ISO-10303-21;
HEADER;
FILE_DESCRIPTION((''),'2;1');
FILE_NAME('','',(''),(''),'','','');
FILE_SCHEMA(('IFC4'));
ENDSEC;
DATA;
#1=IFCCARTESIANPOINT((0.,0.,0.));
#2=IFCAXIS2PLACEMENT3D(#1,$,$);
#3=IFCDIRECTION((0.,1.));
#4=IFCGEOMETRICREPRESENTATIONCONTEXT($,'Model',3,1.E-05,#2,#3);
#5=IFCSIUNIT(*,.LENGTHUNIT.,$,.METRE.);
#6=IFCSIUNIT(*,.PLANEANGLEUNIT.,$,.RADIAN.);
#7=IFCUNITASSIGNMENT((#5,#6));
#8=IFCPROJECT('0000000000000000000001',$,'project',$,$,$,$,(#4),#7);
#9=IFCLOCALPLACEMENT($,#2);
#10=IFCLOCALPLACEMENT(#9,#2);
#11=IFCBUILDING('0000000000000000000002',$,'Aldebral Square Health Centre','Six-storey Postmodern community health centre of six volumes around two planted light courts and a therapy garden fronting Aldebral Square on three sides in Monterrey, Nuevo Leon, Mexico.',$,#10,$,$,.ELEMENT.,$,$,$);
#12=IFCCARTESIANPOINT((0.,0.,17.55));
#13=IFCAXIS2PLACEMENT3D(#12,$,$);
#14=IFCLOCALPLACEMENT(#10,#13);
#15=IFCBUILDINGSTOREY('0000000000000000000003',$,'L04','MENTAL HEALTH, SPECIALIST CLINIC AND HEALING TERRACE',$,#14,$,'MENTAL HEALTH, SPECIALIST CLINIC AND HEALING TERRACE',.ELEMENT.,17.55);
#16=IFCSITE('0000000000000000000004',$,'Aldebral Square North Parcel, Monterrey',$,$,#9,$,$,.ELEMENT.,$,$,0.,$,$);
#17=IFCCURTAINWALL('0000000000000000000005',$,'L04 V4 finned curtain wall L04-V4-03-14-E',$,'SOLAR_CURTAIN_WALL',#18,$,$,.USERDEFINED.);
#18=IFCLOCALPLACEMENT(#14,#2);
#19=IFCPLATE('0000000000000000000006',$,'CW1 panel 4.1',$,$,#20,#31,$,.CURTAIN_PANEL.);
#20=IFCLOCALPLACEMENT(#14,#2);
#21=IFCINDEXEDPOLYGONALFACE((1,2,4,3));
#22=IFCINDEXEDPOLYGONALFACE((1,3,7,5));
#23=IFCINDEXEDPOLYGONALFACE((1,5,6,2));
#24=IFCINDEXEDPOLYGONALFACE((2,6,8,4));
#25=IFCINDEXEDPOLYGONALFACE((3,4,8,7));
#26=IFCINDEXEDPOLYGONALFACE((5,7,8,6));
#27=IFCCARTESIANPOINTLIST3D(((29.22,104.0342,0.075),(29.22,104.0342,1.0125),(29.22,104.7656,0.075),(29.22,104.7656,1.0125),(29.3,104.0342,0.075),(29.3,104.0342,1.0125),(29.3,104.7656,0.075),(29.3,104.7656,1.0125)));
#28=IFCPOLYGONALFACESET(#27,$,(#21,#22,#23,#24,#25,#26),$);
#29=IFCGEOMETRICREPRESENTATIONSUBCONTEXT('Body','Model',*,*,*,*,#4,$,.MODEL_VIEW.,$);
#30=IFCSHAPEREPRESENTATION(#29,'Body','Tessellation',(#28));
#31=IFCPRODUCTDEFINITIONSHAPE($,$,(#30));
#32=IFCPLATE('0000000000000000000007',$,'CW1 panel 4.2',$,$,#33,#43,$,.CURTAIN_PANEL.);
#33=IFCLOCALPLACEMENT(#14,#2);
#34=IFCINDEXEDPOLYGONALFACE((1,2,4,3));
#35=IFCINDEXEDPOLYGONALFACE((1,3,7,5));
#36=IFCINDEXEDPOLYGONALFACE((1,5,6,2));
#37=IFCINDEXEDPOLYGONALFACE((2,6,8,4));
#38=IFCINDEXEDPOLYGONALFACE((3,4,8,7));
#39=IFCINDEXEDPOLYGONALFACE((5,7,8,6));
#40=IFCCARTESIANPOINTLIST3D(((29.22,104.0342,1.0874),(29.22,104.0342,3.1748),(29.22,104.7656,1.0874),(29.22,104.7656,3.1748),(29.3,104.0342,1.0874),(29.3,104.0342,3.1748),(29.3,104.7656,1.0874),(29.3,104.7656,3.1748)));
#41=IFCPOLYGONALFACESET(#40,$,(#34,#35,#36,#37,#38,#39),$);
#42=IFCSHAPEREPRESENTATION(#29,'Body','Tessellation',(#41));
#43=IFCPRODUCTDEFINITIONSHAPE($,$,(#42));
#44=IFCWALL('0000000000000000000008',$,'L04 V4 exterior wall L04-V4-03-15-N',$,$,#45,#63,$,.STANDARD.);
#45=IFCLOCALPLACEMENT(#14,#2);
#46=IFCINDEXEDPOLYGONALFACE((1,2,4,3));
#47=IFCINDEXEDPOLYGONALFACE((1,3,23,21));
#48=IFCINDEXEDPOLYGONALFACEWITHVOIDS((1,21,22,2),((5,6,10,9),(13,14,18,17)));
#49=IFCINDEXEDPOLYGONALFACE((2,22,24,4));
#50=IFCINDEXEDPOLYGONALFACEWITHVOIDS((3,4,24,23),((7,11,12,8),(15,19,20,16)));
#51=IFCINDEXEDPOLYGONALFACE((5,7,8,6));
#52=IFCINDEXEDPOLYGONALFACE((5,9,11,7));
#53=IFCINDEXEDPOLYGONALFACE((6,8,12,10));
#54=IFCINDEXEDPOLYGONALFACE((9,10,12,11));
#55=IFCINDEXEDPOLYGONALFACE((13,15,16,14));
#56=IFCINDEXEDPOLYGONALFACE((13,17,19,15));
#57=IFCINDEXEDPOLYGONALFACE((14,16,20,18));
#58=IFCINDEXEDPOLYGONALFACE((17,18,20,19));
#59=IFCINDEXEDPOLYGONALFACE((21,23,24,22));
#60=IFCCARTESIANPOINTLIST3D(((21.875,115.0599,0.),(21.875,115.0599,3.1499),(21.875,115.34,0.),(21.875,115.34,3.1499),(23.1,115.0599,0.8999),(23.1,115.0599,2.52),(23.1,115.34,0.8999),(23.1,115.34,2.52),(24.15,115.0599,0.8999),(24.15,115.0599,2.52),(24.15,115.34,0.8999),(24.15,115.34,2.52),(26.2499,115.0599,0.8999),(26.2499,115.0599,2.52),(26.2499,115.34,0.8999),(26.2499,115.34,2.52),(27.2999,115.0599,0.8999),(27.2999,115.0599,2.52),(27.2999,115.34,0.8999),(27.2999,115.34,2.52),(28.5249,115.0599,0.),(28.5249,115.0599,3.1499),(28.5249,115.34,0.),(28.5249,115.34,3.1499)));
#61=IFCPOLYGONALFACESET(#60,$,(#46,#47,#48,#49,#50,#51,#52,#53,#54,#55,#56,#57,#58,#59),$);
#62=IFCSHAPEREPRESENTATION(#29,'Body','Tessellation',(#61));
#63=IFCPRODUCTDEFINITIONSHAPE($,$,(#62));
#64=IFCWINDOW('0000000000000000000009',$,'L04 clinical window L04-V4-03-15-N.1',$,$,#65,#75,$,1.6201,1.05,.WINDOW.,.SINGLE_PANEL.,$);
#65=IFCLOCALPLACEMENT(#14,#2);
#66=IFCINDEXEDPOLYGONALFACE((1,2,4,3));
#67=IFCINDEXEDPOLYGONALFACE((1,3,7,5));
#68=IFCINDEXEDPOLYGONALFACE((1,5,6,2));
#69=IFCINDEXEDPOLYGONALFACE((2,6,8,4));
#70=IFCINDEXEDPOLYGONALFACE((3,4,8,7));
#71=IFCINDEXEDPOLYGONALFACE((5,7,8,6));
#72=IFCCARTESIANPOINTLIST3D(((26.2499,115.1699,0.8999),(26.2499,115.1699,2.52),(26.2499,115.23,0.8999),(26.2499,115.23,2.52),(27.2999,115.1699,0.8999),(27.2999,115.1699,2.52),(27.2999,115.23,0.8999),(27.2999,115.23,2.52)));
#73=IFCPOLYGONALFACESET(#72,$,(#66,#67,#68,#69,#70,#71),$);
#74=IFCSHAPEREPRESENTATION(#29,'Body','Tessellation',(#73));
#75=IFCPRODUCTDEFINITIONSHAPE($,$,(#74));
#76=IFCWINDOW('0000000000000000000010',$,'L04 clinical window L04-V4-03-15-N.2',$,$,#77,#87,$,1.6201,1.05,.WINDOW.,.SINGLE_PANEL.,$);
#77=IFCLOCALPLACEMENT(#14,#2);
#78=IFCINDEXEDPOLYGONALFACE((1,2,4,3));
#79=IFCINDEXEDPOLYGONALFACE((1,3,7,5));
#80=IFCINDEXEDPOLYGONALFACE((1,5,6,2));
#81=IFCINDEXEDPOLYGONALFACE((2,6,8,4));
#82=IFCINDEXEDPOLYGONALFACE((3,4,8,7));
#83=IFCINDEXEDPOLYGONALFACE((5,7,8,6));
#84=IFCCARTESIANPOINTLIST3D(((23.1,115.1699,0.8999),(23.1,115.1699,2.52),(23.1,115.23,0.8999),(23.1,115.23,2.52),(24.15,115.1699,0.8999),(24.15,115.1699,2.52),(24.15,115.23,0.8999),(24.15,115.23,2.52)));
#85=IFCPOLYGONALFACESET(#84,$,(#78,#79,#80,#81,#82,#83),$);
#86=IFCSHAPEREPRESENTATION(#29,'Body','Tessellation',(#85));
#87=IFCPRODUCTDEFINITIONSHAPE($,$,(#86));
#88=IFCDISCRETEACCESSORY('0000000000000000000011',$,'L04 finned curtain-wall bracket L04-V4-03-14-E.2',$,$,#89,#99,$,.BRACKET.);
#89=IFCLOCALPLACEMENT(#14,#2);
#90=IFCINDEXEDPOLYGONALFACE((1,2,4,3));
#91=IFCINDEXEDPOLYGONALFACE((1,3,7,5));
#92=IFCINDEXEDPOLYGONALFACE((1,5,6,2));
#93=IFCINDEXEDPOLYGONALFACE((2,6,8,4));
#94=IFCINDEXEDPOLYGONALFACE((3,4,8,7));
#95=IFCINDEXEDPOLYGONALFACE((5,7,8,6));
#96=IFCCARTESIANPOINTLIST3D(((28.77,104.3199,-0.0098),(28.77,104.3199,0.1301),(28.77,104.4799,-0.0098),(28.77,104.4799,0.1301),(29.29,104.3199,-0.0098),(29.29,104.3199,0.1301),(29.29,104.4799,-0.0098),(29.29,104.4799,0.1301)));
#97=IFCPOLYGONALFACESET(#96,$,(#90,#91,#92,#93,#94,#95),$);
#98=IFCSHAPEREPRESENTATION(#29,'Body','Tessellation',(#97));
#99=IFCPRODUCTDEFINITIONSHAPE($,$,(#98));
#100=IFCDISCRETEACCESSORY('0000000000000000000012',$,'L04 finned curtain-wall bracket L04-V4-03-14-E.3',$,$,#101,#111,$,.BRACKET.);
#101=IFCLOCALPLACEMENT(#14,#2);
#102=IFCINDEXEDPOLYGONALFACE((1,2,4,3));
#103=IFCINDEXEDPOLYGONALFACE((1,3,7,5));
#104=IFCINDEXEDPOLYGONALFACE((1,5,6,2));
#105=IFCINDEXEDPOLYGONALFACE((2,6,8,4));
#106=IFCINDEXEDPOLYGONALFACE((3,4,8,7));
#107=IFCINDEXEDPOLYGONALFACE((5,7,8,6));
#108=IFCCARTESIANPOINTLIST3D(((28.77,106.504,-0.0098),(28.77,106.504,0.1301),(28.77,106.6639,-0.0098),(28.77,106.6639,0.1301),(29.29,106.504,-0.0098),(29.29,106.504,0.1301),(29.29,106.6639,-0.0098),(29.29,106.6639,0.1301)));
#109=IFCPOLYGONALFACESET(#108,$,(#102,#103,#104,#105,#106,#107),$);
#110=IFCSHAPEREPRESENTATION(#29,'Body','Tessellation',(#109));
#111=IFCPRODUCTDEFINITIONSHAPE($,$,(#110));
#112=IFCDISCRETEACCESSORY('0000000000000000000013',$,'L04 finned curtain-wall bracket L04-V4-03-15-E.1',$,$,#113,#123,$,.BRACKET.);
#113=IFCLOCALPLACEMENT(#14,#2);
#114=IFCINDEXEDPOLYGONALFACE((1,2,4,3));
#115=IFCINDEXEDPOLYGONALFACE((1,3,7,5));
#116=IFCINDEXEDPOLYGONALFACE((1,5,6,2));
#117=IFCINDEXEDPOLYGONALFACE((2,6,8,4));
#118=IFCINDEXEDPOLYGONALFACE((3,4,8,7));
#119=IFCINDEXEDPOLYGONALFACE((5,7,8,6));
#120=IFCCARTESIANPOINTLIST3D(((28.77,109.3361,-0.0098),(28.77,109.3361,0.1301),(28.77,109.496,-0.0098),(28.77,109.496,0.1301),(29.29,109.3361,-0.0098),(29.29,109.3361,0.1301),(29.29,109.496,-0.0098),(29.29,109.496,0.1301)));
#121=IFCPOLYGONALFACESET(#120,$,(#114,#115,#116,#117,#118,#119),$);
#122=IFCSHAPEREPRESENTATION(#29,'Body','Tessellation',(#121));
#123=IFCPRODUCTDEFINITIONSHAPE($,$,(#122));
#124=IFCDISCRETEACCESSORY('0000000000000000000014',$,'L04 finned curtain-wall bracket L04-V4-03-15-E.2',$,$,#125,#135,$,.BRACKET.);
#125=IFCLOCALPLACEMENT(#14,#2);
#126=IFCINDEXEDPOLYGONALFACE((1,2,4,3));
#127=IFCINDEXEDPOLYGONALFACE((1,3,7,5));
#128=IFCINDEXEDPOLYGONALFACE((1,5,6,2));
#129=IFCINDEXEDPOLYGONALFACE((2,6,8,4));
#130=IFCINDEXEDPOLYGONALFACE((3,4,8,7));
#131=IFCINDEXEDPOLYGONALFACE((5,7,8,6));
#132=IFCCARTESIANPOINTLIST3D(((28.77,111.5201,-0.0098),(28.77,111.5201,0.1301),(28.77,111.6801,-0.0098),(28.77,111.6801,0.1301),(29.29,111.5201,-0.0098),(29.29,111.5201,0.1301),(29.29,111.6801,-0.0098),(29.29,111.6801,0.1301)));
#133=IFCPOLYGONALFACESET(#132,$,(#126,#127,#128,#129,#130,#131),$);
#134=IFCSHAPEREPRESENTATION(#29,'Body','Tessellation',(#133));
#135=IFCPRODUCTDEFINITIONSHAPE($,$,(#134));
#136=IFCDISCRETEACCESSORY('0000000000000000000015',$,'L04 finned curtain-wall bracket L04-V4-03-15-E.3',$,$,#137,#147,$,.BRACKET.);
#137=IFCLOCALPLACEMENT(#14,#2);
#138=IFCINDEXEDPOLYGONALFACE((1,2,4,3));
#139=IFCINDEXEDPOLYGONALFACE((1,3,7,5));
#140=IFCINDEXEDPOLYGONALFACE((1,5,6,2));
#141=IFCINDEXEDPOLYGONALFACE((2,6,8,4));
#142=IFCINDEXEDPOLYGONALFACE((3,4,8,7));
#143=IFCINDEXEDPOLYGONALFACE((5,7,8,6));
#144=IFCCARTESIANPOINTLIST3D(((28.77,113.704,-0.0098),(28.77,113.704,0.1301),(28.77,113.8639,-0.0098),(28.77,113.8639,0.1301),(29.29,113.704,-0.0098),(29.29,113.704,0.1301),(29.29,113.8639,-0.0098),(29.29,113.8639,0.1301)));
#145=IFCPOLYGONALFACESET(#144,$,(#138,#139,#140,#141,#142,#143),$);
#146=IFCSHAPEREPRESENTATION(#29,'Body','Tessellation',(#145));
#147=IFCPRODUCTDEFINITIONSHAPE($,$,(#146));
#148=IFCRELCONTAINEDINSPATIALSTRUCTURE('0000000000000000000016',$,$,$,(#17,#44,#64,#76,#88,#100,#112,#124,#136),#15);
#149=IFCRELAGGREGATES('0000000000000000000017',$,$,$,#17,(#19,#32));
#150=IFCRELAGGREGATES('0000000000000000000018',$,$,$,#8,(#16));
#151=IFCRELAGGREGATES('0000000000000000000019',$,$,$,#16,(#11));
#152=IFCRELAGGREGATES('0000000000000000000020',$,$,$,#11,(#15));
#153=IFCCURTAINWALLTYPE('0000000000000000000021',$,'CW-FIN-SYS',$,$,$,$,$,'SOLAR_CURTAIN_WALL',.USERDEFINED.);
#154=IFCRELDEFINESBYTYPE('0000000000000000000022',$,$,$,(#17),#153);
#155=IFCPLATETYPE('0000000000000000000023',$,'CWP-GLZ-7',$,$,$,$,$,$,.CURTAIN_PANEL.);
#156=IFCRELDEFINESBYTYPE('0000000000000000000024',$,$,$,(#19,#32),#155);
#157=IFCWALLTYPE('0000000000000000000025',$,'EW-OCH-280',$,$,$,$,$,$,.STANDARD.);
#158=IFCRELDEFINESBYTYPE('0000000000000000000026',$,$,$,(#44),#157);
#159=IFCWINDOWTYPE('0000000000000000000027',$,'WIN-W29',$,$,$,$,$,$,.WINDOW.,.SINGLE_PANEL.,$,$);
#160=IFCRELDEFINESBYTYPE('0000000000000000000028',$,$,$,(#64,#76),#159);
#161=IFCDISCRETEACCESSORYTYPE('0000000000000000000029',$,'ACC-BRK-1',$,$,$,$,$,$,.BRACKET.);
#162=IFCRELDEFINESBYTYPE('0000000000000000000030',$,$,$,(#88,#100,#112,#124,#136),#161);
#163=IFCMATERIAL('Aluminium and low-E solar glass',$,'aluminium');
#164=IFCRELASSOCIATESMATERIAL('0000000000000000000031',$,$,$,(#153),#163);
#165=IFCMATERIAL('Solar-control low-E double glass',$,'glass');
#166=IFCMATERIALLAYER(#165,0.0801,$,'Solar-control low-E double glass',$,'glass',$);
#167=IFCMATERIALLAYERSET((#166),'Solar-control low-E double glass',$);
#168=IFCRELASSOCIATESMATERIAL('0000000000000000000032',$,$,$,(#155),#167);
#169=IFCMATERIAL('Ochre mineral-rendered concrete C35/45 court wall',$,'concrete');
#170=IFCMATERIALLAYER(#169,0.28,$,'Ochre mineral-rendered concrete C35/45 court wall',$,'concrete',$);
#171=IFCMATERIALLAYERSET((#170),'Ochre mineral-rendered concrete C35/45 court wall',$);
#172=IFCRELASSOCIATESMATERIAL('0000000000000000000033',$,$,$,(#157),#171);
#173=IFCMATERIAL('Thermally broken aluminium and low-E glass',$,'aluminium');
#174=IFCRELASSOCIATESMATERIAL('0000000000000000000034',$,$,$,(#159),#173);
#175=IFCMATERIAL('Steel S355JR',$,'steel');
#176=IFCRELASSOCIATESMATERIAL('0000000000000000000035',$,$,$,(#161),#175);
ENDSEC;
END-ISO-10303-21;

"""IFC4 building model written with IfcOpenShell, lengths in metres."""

from ifc_helpers import new_model, si_unit, direction, frame, frame_2d, origin, origin_2d, place, context, subcontext, project, spatial, rectangle, extrude, material, layer, layer_set, type_object, element, fill, aggregate, save


model = new_model("IFC4")

# Units and contexts
model_context = context("Model", 3, precision=1e-05, world=origin(), true_north=direction((0.0, 1.0)))
body_context = subcontext(model_context, "Body", "Model", "MODEL_VIEW")
ifc_project = project(units=[si_unit("LENGTHUNIT", "METRE"), si_unit("PLANEANGLEUNIT", "RADIAN")], contexts=[model_context])

# Site, building, storey
site_placement = place(None, origin())
site = spatial("IfcSite", under=ifc_project, at=site_placement, Name="Aldebral Square North Parcel, Monterrey", CompositionType="ELEMENT", RefElevation=0.0)
building_placement = place(site_placement, origin())
building = spatial("IfcBuilding", under=site, at=building_placement, Name="Aldebral Square Health Centre", Description="Six-storey Postmodern community health centre of six volumes around two planted light courts and a therapy garden fronting Aldebral Square on three sides in Monterrey, Nuevo Leon, Mexico.", CompositionType="ELEMENT")
storey_placement = place(building_placement, frame((0.0, 0.0, 17.55)))
storey = spatial("IfcBuildingStorey", under=building, at=storey_placement, Name="L04", Description="MENTAL HEALTH, SPECIALIST CLINIC AND HEALING TERRACE", LongName="MENTAL HEALTH, SPECIALIST CLINIC AND HEALING TERRACE", CompositionType="ELEMENT", Elevation=17.55)

# Curtain wall, plates
ifc_material_1 = material(Name="Aluminium and low-E solar glass", Category="aluminium")
curtain_wall_type = type_object("IfcCurtainWallType", Name="CW-FIN-SYS", ElementType="SOLAR_CURTAIN_WALL", PredefinedType="USERDEFINED", material=ifc_material_1)
curtain_wall_placement = place(storey_placement, origin())
curtain_wall = element("IfcCurtainWall", 1, at=curtain_wall_placement, inside=storey, type_object=curtain_wall_type, Name="L04 V4 finned curtain wall L04-V4-03-14-E", ObjectType="SOLAR_CURTAIN_WALL", PredefinedType="USERDEFINED")
ifc_material_2 = material(Name="Solar-control low-E double glass", Category="glass")
ifc_layer_1 = layer(ifc_material_2, 0.0801, Name="Solar-control low-E double glass", Category="glass")
ifc_layer_set_1 = layer_set([ifc_layer_1], Name="Solar-control low-E double glass")
plate_type = type_object("IfcPlateType", Name="CWP-GLZ-7", PredefinedType="CURTAIN_PANEL", material=ifc_layer_set_1)
plate_1_placement = place(storey_placement, frame((29.26, 104.3999, 0.075), z_axis=(0.0, 0.0, 1.0), x_axis=(0.0, 1.0, 0.0)))
plate_1 = element("IfcPlate", 2, at=plate_1_placement, type_object=plate_type, Name="CW1 panel 4.1", PredefinedType="CURTAIN_PANEL", context=body_context, shape_type="SweptSolid", body=[
    extrude(rectangle(XDim=0.7314, YDim=0.0801, at=origin_2d()), origin(), (0.0, 0.0, 1.0), 0.9375),
])
plate_2_placement = place(storey_placement, frame((29.26, 104.3999, 1.0874), z_axis=(0.0, 0.0, 1.0), x_axis=(0.0, 1.0, 0.0)))
plate_2 = element("IfcPlate", 3, at=plate_2_placement, type_object=plate_type, Name="CW1 panel 4.2", PredefinedType="CURTAIN_PANEL", context=body_context, shape_type="SweptSolid", body=[
    extrude(rectangle(XDim=0.7314, YDim=0.0801, at=origin_2d()), origin(), (0.0, 0.0, 1.0), 2.0874),
])
aggregate(curtain_wall, [plate_1, plate_2])

# Wall, openings, windows
ifc_material_3 = material(Name="Ochre mineral-rendered concrete C35/45 court wall", Category="concrete")
ifc_layer_2 = layer(ifc_material_3, 0.28, Name="Ochre mineral-rendered concrete C35/45 court wall", Category="concrete")
ifc_layer_set_2 = layer_set([ifc_layer_2], Name="Ochre mineral-rendered concrete C35/45 court wall")
wall_type_1 = type_object("IfcWallType", Name="EW-OCH-280", PredefinedType="STANDARD", material=ifc_layer_set_2)
wall_1_placement = place(storey_placement, frame((28.5249, 115.2, 0.0), z_axis=(0.0, 0.0, 1.0), x_axis=(-1.0, 0.0, 0.0)))
wall_1 = element("IfcWall", 4, at=wall_1_placement, inside=storey, type_object=wall_type_1, Name="L04 V4 exterior wall L04-V4-03-15-N", PredefinedType="STANDARD", context=body_context, shape_type="SweptSolid", body=[
    extrude(rectangle(XDim=6.6499, YDim=0.28, at=frame_2d((3.325, 0.0))), origin(), (0.0, 0.0, 1.0), 3.1499),
])
opening_1_placement = place(wall_1_placement, frame((1.2251, 0.0, 0.8999)))
opening_1 = element("IfcOpeningElement", 5, at=opening_1_placement, cuts=wall_1, PredefinedType="OPENING", context=body_context, shape_type="SweptSolid", body=[
    extrude(rectangle(XDim=1.05, YDim=1.6201, at=frame_2d((0.5249, 0.8101))), frame((0.0, 0.1499, 0.0), z_axis=(0.0, -1.0, 0.0), x_axis=(1.0, 0.0, 0.0)), (0.0, 0.0, 1.0), 0.3),
])
opening_2_placement = place(wall_1_placement, frame((4.375, 0.0, 0.8999)))
opening_2 = element("IfcOpeningElement", 6, at=opening_2_placement, cuts=wall_1, PredefinedType="OPENING", context=body_context, shape_type="SweptSolid", body=[
    extrude(rectangle(XDim=1.05, YDim=1.6201, at=frame_2d((0.5249, 0.8101))), frame((0.0, 0.1499, 0.0), z_axis=(0.0, -1.0, 0.0), x_axis=(1.0, 0.0, 0.0)), (0.0, 0.0, 1.0), 0.3),
])
ifc_material_4 = material(Name="Thermally broken aluminium and low-E glass", Category="aluminium")
window_type = type_object("IfcWindowType", Name="WIN-W29", PartitioningType="SINGLE_PANEL", PredefinedType="WINDOW", material=ifc_material_4)
window_1_placement = place(opening_1_placement, origin())
window_1 = element("IfcWindow", 7, at=window_1_placement, inside=storey, type_object=window_type, Name="L04 clinical window L04-V4-03-15-N.1", OverallHeight=1.6201, OverallWidth=1.05, PartitioningType="SINGLE_PANEL", PredefinedType="WINDOW", context=body_context, shape_type="SweptSolid", body=[
    extrude(rectangle(XDim=1.05, YDim=1.6201, at=frame_2d((0.5249, 0.8101))), frame((0.0, 0.03, 0.0), z_axis=(0.0, -1.0, 0.0), x_axis=(1.0, 0.0, 0.0)), (0.0, 0.0, 1.0), 0.0601),
])
fill(opening_1, window_1)
window_2_placement = place(opening_2_placement, origin())
window_2 = element("IfcWindow", 8, at=window_2_placement, inside=storey, type_object=window_type, Name="L04 clinical window L04-V4-03-15-N.2", OverallHeight=1.6201, OverallWidth=1.05, PartitioningType="SINGLE_PANEL", PredefinedType="WINDOW", context=body_context, shape_type="SweptSolid", body=[
    extrude(rectangle(XDim=1.05, YDim=1.6201, at=frame_2d((0.5249, 0.8101))), frame((0.0, 0.03, 0.0), z_axis=(0.0, -1.0, 0.0), x_axis=(1.0, 0.0, 0.0)), (0.0, 0.0, 1.0), 0.0601),
])
fill(opening_2, window_2)

# Discrete accessories
ifc_material_5 = material(Name="Steel S355JR", Category="steel")
discrete_accessory_type = type_object("IfcDiscreteAccessoryType", Name="ACC-BRK-1", PredefinedType="BRACKET", material=ifc_material_5)
for number, where, z_axis, x_axis, name in (
    (9, (29.03, 104.3999, -0.0098), (0.0, 0.0, 1.0), (0.0, 1.0, 0.0), "L04 finned curtain-wall bracket L04-V4-03-14-E.2"),
    (10, (29.03, 106.584, -0.0098), (0.0, 0.0, 1.0), (0.0, 1.0, 0.0), "L04 finned curtain-wall bracket L04-V4-03-14-E.3"),
    (11, (29.03, 109.416, -0.0098), (0.0, 0.0, 1.0), (0.0, 1.0, 0.0), "L04 finned curtain-wall bracket L04-V4-03-15-E.1"),
    (12, (29.03, 111.6001, -0.0098), (0.0, 0.0, 1.0), (0.0, 1.0, 0.0), "L04 finned curtain-wall bracket L04-V4-03-15-E.2"),
    (13, (29.03, 113.7839, -0.0098), (0.0, 0.0, 1.0), (0.0, 1.0, 0.0), "L04 finned curtain-wall bracket L04-V4-03-15-E.3"),
):
    element("IfcDiscreteAccessory", number, at=place(storey_placement, frame(where, z_axis=z_axis, x_axis=x_axis)), inside=storey, type_object=discrete_accessory_type, Name=name, PredefinedType="BRACKET", context=body_context, shape_type="SweptSolid", body=[
        extrude(rectangle(XDim=0.1599, YDim=0.52, at=origin_2d()), origin(), (0.0, 0.0, 1.0), 0.1399),
    ])

save(model, "model.ifc")
